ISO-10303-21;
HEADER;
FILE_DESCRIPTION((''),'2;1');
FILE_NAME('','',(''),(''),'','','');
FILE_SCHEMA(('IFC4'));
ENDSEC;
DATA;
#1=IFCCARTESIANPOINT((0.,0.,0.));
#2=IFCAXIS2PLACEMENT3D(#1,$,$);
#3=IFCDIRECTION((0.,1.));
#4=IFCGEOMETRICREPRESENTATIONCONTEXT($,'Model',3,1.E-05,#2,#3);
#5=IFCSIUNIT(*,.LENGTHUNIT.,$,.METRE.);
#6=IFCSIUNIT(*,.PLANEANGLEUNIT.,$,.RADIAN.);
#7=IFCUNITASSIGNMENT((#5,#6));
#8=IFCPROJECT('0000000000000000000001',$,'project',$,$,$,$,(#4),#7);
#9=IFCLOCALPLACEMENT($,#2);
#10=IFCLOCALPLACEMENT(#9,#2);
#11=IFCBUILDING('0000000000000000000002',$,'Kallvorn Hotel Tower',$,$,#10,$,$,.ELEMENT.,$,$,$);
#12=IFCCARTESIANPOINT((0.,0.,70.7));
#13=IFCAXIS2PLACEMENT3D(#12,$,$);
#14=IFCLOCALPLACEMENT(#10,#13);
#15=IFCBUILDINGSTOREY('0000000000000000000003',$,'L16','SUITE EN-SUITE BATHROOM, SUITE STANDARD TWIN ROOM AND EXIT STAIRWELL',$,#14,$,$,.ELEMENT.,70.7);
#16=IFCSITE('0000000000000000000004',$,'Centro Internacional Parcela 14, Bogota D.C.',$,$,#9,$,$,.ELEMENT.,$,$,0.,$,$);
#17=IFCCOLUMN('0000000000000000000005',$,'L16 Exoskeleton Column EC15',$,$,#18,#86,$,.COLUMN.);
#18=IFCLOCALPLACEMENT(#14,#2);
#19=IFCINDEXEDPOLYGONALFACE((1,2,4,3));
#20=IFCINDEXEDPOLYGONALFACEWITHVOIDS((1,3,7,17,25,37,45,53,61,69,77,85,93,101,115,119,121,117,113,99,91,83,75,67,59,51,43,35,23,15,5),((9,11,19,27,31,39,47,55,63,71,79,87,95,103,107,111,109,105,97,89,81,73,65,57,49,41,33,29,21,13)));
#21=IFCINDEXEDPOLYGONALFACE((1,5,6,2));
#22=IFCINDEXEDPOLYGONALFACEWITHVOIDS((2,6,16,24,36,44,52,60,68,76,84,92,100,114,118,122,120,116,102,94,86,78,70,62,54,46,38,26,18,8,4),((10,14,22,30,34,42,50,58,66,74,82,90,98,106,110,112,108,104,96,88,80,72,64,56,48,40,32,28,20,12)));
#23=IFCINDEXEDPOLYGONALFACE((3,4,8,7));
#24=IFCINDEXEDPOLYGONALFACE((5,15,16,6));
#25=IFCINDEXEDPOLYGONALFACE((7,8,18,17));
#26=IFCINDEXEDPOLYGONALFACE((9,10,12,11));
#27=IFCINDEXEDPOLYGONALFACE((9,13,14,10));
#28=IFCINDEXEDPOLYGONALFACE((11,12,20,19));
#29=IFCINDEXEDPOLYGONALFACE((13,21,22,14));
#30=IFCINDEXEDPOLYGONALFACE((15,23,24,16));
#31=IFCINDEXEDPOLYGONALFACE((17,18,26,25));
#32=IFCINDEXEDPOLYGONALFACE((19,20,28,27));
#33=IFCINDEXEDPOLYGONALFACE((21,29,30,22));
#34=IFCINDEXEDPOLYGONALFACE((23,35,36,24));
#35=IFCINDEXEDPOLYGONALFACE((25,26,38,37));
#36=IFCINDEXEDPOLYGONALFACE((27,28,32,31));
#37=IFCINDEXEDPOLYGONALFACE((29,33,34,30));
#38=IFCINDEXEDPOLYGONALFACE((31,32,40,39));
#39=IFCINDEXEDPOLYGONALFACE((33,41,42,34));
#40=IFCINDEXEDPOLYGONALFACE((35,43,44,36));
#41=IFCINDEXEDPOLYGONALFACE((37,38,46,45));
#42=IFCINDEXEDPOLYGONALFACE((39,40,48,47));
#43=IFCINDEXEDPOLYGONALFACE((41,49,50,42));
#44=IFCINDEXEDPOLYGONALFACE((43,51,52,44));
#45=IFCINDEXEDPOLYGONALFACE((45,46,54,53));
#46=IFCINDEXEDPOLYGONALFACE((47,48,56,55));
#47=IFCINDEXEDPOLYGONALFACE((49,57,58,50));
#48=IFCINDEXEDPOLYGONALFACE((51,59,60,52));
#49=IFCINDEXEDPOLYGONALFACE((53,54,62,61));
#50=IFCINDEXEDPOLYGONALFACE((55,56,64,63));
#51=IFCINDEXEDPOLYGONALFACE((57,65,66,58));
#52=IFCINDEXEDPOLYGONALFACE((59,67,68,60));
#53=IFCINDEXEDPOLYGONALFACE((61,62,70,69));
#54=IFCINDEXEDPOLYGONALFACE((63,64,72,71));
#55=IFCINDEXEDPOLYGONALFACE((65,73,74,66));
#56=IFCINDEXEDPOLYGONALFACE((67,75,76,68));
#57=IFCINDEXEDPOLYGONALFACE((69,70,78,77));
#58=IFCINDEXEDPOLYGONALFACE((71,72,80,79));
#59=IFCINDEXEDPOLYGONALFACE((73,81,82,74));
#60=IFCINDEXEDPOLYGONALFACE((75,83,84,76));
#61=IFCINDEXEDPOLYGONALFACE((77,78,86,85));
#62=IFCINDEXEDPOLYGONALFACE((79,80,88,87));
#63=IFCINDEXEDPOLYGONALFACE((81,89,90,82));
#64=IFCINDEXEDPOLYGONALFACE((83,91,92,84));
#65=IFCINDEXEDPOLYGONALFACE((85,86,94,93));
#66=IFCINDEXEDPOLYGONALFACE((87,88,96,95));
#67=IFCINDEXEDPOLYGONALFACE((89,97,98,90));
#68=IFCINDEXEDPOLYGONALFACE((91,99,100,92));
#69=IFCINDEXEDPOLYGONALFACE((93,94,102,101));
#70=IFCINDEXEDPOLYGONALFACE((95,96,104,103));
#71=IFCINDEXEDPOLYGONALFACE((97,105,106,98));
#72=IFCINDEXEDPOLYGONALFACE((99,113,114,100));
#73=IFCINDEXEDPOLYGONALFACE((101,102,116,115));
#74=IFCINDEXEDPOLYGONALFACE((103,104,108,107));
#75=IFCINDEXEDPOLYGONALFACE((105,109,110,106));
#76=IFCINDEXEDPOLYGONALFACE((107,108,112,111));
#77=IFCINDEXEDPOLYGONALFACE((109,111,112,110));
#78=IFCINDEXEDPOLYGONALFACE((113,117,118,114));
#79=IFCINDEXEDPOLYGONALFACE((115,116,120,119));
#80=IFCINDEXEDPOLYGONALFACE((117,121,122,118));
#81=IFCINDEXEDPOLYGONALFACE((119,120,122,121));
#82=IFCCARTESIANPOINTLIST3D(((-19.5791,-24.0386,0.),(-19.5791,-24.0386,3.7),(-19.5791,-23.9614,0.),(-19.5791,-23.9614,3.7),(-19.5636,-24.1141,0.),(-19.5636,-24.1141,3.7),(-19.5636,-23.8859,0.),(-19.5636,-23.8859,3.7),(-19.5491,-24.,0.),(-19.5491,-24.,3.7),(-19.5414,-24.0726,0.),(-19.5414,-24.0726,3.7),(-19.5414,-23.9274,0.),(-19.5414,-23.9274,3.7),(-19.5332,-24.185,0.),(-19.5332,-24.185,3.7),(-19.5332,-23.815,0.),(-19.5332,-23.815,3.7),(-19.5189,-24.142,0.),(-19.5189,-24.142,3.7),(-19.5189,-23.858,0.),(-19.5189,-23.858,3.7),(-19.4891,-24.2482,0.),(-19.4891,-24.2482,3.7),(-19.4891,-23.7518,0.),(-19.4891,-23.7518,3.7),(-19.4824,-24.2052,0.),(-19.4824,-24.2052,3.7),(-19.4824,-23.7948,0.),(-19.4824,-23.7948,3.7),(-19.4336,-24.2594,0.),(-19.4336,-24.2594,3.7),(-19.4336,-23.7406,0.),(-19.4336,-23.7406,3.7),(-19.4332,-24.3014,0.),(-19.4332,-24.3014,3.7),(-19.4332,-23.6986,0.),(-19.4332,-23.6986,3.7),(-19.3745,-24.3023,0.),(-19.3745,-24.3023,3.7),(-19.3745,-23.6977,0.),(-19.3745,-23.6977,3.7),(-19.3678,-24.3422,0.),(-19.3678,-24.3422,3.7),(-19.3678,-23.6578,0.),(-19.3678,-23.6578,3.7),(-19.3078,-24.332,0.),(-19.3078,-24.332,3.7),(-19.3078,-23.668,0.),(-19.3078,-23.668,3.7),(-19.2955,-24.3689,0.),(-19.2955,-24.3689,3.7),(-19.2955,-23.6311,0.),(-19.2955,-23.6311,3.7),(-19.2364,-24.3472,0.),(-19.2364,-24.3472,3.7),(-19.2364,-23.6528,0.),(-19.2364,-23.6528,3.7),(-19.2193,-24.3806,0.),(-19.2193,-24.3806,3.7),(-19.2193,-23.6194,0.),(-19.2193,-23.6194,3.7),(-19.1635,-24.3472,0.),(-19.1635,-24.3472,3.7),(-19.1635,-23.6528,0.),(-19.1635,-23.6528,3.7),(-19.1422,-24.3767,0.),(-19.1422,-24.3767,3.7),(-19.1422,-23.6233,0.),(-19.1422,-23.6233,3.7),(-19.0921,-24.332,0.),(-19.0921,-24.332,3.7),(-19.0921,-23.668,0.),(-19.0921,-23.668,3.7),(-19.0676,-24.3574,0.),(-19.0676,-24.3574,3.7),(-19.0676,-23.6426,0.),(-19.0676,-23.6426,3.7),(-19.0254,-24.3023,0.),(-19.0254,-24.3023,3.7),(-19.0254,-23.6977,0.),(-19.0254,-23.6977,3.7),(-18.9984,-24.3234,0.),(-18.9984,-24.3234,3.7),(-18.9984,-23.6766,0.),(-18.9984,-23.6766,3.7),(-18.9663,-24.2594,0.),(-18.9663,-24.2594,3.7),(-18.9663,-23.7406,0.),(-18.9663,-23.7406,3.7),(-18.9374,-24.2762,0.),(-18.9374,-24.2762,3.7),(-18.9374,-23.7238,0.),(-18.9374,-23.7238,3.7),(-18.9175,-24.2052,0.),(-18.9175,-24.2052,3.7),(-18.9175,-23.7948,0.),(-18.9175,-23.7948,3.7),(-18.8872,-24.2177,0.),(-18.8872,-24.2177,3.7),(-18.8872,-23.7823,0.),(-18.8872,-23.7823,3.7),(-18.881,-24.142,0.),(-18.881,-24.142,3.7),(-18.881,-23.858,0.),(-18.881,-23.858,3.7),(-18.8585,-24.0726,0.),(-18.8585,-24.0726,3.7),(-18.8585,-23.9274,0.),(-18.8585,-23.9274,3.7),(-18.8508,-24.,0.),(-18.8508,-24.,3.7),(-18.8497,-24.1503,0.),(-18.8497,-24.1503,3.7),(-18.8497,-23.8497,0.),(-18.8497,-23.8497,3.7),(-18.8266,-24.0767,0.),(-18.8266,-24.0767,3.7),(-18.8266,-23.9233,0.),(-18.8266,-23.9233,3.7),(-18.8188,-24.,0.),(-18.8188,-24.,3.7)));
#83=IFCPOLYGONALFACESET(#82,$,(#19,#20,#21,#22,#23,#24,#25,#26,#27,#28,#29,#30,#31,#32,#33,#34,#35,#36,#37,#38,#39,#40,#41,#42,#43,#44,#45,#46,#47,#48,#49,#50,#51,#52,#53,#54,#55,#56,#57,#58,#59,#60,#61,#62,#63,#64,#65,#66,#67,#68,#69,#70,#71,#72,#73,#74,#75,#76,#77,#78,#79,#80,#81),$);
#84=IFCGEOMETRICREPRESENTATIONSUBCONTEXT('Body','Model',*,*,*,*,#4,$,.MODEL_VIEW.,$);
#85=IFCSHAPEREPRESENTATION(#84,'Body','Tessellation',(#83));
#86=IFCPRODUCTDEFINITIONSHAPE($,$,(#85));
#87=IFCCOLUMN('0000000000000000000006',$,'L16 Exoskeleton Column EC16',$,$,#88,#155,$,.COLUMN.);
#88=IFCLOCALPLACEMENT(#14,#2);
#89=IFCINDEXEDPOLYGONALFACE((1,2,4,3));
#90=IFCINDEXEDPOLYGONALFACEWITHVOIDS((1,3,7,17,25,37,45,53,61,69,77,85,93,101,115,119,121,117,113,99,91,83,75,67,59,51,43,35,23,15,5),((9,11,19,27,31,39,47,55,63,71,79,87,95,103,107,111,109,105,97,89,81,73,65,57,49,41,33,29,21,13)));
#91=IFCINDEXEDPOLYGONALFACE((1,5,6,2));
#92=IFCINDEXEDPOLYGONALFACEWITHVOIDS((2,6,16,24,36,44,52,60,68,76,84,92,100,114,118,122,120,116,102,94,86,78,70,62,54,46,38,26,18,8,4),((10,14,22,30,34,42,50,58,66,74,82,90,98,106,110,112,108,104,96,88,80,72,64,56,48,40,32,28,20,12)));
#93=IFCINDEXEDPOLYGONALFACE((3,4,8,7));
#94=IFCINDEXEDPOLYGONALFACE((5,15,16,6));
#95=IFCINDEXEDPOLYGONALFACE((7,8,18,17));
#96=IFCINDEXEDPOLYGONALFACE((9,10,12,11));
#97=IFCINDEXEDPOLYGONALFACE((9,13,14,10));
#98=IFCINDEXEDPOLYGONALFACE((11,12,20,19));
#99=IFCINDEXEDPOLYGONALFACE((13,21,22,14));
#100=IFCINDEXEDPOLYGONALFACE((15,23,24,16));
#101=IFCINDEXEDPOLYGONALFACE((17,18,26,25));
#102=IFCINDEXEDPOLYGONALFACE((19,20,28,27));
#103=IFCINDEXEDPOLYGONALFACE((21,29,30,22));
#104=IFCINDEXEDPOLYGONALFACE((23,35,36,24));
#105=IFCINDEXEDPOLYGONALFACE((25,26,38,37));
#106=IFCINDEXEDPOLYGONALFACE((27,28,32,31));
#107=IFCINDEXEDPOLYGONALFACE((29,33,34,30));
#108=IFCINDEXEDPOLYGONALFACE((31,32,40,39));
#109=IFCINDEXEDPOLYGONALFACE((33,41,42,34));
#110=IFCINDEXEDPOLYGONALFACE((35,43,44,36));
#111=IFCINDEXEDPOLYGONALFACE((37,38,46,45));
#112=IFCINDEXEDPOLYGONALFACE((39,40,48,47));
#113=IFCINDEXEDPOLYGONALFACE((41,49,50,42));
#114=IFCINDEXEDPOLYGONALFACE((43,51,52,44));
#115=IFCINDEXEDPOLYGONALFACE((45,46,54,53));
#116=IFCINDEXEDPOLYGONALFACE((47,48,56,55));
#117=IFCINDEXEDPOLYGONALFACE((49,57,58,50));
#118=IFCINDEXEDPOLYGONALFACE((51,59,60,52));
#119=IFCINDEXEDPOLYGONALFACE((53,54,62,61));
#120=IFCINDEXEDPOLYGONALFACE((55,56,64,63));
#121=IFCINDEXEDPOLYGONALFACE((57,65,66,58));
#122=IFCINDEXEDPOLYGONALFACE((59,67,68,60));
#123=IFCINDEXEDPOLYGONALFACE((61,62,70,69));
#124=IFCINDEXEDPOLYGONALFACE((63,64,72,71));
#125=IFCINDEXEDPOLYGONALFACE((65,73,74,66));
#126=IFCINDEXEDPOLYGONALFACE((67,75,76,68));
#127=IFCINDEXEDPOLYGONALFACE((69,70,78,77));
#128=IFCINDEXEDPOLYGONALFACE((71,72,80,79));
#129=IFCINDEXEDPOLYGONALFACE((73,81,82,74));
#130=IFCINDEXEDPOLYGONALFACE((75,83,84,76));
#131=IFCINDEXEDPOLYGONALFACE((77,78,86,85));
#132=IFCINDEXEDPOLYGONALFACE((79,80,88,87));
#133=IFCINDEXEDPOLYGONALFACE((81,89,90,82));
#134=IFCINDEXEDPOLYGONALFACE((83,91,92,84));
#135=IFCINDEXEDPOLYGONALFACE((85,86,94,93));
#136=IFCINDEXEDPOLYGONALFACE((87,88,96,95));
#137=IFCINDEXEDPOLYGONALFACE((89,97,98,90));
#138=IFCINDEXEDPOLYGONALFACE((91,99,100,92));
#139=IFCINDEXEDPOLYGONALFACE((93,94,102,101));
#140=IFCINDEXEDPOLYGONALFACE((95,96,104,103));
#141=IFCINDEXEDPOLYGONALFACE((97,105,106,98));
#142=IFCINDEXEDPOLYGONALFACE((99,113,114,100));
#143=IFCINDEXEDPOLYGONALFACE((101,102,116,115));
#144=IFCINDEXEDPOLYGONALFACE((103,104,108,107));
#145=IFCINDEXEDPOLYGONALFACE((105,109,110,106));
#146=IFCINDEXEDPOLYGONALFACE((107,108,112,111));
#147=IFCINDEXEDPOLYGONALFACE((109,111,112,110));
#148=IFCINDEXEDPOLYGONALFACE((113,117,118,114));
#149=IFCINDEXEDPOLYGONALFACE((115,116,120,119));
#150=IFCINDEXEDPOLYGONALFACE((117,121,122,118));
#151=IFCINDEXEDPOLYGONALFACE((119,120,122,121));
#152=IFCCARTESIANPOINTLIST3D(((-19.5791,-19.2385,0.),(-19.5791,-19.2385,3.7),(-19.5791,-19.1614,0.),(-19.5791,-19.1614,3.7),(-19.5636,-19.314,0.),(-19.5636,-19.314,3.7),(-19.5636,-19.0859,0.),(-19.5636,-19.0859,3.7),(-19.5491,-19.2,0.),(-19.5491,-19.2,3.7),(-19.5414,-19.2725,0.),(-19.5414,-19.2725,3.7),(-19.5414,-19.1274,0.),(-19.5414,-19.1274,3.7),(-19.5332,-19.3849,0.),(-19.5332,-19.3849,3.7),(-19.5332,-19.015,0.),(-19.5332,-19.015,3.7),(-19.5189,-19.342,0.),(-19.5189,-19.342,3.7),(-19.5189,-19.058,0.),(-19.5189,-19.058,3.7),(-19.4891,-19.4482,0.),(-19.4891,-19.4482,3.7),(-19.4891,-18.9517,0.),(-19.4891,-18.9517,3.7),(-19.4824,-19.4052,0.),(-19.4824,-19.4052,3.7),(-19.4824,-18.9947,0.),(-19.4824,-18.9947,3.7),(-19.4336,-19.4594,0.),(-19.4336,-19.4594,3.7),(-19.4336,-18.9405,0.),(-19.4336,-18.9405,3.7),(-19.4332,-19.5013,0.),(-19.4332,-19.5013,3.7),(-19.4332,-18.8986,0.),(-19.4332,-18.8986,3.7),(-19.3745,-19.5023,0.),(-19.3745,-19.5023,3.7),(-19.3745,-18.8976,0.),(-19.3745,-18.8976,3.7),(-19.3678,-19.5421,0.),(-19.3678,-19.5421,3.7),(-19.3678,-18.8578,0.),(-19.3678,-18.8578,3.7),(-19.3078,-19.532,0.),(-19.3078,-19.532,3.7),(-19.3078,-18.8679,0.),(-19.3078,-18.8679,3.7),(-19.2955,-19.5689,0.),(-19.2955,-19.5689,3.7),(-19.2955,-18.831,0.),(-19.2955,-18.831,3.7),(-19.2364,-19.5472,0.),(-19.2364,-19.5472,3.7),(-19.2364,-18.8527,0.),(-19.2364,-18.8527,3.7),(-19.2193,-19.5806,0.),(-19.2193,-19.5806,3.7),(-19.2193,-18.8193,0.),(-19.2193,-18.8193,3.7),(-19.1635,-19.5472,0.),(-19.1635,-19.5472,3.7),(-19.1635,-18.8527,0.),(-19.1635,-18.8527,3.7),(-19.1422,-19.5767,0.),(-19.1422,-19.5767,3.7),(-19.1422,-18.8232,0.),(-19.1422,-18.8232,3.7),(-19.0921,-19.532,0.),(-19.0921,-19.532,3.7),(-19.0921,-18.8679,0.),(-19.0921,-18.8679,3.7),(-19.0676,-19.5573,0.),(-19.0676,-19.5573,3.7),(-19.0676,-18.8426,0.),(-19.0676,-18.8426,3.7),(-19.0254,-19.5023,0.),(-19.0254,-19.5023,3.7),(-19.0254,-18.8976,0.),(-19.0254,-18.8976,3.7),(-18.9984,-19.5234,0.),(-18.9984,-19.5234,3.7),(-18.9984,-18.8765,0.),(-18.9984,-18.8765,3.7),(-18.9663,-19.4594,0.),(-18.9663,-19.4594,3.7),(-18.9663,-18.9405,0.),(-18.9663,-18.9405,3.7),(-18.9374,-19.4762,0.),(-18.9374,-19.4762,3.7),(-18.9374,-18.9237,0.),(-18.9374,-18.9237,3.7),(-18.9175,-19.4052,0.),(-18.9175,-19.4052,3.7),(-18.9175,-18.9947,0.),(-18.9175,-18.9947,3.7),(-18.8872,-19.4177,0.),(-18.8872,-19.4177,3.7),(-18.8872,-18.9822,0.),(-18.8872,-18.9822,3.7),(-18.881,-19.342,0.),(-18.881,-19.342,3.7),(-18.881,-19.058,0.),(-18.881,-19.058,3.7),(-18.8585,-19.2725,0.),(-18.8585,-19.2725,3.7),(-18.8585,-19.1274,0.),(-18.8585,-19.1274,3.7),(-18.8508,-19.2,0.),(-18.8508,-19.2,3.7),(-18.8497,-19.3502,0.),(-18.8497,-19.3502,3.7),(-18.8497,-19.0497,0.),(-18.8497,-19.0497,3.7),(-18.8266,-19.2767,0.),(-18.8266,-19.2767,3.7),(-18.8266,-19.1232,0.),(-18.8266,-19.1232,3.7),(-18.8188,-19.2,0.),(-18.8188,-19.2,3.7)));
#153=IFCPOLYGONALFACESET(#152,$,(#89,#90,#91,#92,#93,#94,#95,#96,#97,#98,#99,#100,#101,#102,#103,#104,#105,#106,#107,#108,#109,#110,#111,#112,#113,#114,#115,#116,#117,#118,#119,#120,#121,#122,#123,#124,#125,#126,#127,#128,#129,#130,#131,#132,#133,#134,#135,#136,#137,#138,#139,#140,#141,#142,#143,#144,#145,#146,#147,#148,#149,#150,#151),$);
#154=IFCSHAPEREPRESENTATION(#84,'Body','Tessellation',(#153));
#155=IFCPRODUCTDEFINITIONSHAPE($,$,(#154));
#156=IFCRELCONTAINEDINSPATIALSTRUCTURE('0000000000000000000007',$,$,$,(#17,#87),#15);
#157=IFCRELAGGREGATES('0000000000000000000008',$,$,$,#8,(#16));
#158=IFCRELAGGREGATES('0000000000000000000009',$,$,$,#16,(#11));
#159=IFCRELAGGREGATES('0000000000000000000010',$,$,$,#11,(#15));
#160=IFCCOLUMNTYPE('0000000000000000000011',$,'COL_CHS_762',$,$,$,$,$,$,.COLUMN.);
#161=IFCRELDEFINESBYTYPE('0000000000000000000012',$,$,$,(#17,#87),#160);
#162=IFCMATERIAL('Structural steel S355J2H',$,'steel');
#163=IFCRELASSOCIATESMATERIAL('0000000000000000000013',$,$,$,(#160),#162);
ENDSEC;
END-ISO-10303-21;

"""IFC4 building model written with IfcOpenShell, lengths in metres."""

from ifc_helpers import new_model, si_unit, direction, frame, origin, origin_2d, place, context, subcontext, project, spatial, hollow_circle, extrude, material, material_profile, profile_set, type_object, element, save


model = new_model("IFC4")

# Units and contexts
model_context = context("Model", 3, precision=1e-05, world=origin(), true_north=direction((0.0, 1.0)))
body_context = subcontext(model_context, "Body", "Model", "MODEL_VIEW")
ifc_project = project(units=[si_unit("LENGTHUNIT", "METRE"), si_unit("PLANEANGLEUNIT", "RADIAN")], contexts=[model_context])

# Site, building, storey
site_placement = place(None, origin())
site = spatial("IfcSite", under=ifc_project, at=site_placement, Name="Centro Internacional Parcela 14, Bogota D.C.", CompositionType="ELEMENT", RefElevation=0.0)
building_placement = place(site_placement, origin())
building = spatial("IfcBuilding", under=site, at=building_placement, Name="Kallvorn Hotel Tower", CompositionType="ELEMENT")
storey_placement = place(building_placement, frame((0.0, 0.0, 70.7)))
storey = spatial("IfcBuildingStorey", under=building, at=storey_placement, Name="L16", Description="SUITE EN-SUITE BATHROOM, SUITE STANDARD TWIN ROOM AND EXIT STAIRWELL", CompositionType="ELEMENT", Elevation=70.7)

# Columns
ifc_material_1 = material(Name="Structural steel S355J2H", Category="steel")
ifc_material_profile_1 = material_profile(ifc_material_1, hollow_circle(Radius=0.3811, WallThickness=0.032, at=origin_2d()), Name="CHS 762x32")
ifc_profile_set_1 = profile_set([ifc_material_profile_1], Name="Structural steel S355J2H")
column_type = type_object("IfcColumnType", Name="COL_CHS_762", PredefinedType="COLUMN", material=ifc_profile_set_1)
for number, where, z_axis, x_axis, name in (
    (1, (-19.2, -24.0, 0.0), (0.0, 0.0, 1.0), (1.0, 0.0, 0.0), "L16 Exoskeleton Column EC15"),
    (2, (-19.2, -19.2, 0.0), (0.0, 0.0, 1.0), (1.0, 0.0, 0.0), "L16 Exoskeleton Column EC16"),
):
    element("IfcColumn", number, at=place(storey_placement, frame(where, z_axis=z_axis, x_axis=x_axis)), inside=storey, type_object=column_type, Name=name, PredefinedType="COLUMN", context=body_context, shape_type="SweptSolid", body=[
        extrude(hollow_circle(Radius=0.3811, WallThickness=0.032, at=origin_2d()), origin(), (0.0, 0.0, 1.0), 3.7),
    ])

save(model, "model.ifc")
